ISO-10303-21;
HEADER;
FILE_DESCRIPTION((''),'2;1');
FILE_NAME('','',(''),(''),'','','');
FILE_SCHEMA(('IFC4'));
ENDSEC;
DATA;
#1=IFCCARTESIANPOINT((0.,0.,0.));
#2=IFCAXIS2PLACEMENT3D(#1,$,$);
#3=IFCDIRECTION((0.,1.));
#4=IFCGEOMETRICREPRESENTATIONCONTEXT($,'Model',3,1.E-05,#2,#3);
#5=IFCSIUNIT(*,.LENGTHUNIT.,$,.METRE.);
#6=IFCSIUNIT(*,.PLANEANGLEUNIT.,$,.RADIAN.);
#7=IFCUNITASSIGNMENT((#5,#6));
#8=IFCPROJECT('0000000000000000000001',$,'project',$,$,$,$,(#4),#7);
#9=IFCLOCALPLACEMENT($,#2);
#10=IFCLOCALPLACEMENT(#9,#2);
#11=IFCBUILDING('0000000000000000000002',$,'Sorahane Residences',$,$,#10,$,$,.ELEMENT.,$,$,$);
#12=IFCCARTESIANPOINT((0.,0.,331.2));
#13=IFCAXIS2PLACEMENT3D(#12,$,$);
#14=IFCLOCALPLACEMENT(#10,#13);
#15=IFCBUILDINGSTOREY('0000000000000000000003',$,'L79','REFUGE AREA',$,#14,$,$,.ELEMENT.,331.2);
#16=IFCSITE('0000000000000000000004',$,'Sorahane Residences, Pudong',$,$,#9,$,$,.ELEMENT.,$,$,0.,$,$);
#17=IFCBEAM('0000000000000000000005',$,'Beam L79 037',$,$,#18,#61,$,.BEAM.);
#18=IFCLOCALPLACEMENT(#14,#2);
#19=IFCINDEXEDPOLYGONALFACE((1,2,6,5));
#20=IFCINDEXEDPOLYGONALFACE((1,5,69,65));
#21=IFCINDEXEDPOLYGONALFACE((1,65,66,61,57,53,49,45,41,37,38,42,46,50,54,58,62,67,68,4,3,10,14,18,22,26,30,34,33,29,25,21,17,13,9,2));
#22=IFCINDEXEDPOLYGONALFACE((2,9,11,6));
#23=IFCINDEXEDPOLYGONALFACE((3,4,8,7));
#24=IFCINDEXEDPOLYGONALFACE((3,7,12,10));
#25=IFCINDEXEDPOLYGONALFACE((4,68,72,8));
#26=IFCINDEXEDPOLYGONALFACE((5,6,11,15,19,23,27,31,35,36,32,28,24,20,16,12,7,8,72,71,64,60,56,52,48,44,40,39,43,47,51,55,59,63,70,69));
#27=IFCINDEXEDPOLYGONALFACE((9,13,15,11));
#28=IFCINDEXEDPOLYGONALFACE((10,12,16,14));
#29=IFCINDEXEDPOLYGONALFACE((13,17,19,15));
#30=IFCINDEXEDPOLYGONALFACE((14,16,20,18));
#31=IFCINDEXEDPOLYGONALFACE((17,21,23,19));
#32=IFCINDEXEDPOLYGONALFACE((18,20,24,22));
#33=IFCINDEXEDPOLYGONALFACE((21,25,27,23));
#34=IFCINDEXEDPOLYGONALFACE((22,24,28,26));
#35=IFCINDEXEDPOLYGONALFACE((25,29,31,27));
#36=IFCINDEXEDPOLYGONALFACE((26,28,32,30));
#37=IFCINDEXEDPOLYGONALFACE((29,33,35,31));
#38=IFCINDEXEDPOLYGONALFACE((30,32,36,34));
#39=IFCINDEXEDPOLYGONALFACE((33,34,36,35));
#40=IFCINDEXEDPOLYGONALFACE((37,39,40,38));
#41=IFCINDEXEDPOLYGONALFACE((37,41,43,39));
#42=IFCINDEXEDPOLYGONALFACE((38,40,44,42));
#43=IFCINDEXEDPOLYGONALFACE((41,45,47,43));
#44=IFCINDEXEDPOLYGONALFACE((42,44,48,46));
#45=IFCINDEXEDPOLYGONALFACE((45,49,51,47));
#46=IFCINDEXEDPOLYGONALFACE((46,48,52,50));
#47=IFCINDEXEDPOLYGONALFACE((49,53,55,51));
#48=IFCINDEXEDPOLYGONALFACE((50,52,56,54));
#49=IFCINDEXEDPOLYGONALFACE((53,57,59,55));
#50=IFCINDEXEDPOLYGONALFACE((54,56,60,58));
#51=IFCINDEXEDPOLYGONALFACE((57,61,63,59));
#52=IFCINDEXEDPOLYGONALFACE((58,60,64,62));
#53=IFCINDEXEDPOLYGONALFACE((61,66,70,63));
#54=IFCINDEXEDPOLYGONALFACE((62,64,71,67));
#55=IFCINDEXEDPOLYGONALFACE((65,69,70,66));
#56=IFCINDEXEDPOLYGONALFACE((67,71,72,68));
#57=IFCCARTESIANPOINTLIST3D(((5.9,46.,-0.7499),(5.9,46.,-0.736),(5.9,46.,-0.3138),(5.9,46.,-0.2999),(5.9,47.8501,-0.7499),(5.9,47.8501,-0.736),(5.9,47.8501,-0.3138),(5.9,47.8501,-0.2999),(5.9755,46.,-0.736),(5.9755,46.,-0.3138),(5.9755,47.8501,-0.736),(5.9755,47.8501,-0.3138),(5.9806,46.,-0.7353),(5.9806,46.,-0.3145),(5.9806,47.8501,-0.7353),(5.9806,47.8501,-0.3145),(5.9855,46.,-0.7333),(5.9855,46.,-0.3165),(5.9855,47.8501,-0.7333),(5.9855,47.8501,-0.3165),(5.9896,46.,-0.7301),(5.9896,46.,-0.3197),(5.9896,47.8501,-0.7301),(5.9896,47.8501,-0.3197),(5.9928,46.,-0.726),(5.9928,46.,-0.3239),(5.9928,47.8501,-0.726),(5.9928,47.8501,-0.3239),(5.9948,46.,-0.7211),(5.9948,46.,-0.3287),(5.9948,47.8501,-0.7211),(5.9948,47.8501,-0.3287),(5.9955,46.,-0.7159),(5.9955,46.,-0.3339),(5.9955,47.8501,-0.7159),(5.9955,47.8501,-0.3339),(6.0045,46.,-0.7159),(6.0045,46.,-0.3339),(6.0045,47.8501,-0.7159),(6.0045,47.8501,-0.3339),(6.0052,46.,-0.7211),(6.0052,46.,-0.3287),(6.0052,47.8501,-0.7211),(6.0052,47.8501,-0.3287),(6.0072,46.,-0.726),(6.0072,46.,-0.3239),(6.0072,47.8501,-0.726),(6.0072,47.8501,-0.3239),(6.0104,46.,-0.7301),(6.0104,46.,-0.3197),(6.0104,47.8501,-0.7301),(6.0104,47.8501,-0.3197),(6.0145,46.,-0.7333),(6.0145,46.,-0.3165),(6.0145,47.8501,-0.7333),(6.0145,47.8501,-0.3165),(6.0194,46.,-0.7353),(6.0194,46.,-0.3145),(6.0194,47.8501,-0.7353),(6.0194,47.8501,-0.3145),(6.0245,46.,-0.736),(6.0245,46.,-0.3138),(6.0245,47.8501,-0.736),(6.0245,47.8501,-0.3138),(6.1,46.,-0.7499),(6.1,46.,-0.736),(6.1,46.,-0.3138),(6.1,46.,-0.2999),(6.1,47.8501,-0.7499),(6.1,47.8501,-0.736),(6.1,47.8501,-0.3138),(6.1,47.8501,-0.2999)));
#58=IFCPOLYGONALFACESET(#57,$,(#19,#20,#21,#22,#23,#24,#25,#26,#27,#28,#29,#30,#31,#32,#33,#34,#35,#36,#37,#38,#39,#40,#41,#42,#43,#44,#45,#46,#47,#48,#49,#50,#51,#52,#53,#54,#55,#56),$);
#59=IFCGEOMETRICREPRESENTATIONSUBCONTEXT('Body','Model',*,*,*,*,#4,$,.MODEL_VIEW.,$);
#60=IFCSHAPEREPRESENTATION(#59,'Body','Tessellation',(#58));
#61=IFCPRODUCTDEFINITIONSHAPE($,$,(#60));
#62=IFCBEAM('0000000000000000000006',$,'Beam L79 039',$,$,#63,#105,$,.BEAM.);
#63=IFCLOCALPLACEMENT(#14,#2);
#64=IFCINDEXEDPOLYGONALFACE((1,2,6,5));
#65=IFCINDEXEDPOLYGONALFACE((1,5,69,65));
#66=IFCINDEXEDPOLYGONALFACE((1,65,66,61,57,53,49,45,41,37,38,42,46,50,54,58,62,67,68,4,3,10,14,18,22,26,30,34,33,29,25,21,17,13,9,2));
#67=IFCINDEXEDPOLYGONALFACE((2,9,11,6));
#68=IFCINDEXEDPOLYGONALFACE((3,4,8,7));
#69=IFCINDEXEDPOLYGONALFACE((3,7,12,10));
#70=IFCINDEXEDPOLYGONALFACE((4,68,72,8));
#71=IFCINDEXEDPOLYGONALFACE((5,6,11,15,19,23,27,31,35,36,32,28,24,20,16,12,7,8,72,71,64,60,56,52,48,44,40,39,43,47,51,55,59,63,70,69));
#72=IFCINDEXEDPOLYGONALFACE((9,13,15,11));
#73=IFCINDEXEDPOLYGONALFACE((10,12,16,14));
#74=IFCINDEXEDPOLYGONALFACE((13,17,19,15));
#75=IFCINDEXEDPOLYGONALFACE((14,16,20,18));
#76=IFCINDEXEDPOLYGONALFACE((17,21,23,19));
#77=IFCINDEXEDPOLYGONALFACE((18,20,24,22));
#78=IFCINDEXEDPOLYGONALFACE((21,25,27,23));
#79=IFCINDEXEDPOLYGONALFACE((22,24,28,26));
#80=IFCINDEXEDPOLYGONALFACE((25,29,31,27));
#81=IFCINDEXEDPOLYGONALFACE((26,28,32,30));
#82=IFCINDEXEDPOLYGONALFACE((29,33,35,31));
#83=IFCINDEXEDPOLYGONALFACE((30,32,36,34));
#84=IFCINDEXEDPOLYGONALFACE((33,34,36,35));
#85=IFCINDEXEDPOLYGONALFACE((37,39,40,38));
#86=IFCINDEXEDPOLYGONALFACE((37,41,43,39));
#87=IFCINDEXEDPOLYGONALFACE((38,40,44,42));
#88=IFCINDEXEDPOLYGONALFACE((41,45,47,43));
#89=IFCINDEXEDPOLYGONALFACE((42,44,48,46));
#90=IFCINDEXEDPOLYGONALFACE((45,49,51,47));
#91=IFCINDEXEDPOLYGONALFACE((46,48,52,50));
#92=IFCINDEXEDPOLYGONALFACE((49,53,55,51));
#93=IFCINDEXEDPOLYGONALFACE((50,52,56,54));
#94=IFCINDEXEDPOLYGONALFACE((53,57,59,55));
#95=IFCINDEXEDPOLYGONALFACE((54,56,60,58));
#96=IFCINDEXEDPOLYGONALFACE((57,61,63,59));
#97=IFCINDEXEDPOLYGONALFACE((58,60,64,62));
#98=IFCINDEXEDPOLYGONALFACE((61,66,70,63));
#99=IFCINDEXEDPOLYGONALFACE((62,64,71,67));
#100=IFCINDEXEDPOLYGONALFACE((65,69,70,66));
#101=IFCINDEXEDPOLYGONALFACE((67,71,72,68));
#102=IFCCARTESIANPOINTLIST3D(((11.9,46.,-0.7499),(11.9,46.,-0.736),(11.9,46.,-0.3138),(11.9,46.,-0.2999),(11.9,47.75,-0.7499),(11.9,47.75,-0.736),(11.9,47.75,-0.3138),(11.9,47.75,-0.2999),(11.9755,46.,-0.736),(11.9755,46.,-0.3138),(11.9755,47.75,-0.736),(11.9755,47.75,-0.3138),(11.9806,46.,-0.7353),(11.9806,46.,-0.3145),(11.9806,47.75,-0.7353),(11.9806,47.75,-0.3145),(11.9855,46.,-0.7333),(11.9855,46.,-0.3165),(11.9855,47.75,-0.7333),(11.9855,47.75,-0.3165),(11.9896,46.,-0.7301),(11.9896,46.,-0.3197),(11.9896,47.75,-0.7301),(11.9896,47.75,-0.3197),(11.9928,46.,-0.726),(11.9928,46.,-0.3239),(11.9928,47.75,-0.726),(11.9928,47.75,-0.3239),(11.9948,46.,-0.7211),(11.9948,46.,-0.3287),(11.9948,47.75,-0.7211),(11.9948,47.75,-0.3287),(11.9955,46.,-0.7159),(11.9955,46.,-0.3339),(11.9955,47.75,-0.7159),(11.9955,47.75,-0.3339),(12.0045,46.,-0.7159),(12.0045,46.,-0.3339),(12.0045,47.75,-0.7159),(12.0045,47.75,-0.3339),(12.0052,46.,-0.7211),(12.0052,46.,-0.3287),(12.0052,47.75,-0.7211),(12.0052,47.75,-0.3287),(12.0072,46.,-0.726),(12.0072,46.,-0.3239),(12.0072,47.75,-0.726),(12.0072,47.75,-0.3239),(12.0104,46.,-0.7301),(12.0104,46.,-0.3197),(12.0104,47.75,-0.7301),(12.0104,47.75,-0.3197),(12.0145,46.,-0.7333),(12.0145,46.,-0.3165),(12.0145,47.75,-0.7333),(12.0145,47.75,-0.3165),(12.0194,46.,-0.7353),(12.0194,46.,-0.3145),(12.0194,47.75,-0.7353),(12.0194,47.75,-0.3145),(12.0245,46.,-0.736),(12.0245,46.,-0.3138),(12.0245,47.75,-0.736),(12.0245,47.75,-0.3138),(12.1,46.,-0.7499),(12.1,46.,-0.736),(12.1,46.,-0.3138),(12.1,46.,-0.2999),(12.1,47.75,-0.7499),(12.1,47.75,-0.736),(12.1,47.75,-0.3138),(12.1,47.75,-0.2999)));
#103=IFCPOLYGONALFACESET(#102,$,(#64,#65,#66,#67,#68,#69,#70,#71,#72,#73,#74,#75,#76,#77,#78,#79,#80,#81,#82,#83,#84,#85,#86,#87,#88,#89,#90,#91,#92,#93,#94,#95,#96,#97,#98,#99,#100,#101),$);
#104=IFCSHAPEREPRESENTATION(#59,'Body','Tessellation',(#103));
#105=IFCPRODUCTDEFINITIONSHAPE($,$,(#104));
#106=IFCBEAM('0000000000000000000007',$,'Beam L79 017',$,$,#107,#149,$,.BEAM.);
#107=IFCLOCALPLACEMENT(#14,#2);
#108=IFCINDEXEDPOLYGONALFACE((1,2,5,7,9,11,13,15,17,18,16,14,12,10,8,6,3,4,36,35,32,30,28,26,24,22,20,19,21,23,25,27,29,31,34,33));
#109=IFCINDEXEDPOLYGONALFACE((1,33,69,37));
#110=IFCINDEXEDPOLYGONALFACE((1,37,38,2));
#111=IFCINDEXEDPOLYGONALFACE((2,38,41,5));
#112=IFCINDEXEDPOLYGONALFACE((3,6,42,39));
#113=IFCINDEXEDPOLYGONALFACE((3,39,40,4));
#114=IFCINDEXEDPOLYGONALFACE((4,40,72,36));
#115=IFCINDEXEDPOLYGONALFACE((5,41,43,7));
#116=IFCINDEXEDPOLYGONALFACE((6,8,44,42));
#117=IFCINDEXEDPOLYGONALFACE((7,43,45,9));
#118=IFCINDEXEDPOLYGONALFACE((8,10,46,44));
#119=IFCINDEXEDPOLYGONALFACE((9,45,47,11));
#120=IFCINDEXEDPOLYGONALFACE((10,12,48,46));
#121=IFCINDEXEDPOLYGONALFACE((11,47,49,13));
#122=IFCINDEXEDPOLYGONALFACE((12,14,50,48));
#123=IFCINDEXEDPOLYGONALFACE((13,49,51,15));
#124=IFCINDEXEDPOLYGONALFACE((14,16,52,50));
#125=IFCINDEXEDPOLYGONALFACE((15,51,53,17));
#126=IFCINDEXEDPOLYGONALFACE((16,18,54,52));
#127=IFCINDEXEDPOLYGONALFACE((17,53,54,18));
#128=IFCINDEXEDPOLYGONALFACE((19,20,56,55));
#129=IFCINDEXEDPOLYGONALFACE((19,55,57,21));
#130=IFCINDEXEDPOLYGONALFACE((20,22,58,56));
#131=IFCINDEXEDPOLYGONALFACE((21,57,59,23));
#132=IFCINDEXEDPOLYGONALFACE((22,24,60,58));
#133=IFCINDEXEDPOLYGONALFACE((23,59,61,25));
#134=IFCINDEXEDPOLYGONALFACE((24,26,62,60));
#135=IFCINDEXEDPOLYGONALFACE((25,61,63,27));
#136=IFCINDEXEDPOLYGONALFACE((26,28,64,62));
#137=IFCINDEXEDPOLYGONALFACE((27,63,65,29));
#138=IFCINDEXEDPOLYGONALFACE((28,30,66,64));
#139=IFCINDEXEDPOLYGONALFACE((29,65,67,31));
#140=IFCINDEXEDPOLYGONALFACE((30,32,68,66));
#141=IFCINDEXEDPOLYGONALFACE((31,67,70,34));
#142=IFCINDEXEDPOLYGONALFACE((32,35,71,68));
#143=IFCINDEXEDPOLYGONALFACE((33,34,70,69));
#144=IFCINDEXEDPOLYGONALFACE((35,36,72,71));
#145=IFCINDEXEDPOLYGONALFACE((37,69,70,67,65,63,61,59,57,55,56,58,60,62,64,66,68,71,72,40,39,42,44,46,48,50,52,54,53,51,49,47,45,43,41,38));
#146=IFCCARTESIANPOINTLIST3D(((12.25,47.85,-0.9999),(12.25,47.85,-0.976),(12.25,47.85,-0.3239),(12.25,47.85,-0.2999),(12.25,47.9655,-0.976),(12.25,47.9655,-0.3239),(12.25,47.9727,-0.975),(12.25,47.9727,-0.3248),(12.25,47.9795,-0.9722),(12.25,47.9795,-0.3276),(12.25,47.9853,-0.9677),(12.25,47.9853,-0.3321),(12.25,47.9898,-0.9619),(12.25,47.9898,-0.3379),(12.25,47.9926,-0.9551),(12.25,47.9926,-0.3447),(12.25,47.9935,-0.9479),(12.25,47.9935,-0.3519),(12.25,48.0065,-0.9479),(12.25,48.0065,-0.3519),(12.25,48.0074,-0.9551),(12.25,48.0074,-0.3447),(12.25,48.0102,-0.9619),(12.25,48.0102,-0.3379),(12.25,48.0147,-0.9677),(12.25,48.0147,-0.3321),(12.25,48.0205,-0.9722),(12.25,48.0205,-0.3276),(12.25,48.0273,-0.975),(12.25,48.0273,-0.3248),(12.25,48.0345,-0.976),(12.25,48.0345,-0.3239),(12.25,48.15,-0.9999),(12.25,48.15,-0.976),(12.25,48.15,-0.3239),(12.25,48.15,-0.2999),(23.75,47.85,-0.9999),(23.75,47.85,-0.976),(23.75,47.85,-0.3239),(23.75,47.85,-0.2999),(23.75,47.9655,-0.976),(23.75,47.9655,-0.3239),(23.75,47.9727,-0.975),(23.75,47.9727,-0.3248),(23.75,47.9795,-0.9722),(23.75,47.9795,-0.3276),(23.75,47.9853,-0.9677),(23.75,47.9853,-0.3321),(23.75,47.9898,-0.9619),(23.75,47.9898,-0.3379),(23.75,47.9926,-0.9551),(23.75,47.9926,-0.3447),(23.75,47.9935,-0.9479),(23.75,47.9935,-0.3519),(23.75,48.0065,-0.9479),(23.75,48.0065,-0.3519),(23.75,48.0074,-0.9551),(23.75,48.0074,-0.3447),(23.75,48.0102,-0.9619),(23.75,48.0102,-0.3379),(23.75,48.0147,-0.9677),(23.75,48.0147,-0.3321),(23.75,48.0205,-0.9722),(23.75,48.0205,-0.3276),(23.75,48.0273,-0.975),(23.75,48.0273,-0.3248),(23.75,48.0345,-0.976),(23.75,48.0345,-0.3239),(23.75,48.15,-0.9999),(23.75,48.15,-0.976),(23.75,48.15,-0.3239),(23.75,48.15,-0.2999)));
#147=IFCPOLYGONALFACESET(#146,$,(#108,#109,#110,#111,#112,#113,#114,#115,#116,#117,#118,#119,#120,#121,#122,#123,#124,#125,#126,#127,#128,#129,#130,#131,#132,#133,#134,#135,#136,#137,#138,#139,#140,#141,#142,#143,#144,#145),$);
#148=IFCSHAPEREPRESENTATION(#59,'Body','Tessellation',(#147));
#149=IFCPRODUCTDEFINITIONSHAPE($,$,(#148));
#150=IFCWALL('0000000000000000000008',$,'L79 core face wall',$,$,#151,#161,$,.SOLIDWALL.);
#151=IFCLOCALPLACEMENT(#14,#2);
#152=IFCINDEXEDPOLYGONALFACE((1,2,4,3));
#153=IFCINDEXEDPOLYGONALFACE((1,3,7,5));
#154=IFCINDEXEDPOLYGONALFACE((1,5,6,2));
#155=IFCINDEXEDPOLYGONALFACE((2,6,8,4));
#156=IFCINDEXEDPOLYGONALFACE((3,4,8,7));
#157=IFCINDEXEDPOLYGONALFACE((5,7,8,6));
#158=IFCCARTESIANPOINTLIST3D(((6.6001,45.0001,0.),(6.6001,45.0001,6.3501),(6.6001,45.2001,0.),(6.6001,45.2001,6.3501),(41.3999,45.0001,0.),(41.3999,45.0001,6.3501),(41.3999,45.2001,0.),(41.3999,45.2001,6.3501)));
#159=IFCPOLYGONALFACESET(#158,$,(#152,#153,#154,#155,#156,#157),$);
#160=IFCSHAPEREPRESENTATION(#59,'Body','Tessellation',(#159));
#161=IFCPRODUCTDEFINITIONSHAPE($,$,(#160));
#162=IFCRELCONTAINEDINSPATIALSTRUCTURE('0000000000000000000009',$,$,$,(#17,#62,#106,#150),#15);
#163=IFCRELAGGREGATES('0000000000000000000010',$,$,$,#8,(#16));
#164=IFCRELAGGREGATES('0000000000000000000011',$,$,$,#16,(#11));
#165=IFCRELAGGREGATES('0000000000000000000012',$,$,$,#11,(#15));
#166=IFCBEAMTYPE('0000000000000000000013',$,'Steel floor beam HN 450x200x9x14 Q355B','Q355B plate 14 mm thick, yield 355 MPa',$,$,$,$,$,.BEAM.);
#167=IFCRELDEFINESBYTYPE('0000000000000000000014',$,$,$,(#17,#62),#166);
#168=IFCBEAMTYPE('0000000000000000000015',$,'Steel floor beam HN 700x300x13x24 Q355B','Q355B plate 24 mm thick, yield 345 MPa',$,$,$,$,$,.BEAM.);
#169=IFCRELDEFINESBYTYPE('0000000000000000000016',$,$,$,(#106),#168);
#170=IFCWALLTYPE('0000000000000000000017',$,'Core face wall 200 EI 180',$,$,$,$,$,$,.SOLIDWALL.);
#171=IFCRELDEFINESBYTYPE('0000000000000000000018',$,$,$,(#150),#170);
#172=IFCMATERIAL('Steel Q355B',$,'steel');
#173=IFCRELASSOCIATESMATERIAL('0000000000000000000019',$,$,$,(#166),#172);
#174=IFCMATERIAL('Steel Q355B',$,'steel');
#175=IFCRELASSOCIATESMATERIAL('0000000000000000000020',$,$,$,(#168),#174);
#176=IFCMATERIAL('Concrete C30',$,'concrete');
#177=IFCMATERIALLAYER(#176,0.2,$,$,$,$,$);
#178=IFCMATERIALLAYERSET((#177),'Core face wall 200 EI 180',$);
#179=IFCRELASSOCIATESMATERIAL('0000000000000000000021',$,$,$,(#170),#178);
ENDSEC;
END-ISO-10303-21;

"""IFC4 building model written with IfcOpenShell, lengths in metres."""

from ifc_helpers import new_model, si_unit, direction, frame, frame_2d, origin, origin_2d, place, context, subcontext, project, spatial, rectangle, i_section, extrude, material, layer, layer_set, material_profile, profile_set, type_object, element, save


model = new_model("IFC4")

# Units and contexts
model_context = context("Model", 3, precision=1e-05, world=origin(), true_north=direction((0.0, 1.0)))
body_context = subcontext(model_context, "Body", "Model", "MODEL_VIEW")
ifc_project = project(units=[si_unit("LENGTHUNIT", "METRE"), si_unit("PLANEANGLEUNIT", "RADIAN")], contexts=[model_context])

# Site, building, storey
site_placement = place(None, origin())
site = spatial("IfcSite", under=ifc_project, at=site_placement, Name="Sorahane Residences, Pudong", CompositionType="ELEMENT", RefElevation=0.0)
building_placement = place(site_placement, origin())
building = spatial("IfcBuilding", under=site, at=building_placement, Name="Sorahane Residences", CompositionType="ELEMENT")
storey_placement = place(building_placement, frame((0.0, 0.0, 331.2)))
storey = spatial("IfcBuildingStorey", under=building, at=storey_placement, Name="L79", Description="REFUGE AREA", CompositionType="ELEMENT", Elevation=331.2)

# Beams
ifc_material_1 = material(Name="Steel Q355B", Category="steel")
ifc_material_profile_1 = material_profile(ifc_material_1, i_section(OverallWidth=0.2, OverallDepth=0.45, WebThickness=0.009, FlangeThickness=0.0139, FilletRadius=0.02, at=origin_2d()), Name="HN 450x200x9x14")
ifc_profile_set_1 = profile_set([ifc_material_profile_1], Name="Steel Q355B")
beam_type_1 = type_object("IfcBeamType", Name="Steel floor beam HN 450x200x9x14 Q355B", Description="Q355B plate 14 mm thick, yield 355 MPa", PredefinedType="BEAM", material=ifc_profile_set_1)
beam_1_placement = place(storey_placement, frame((6.0, 46.0, -0.5249), z_axis=(0.0, 1.0, 0.0), x_axis=(-1.0, 0.0, 0.0)))
element("IfcBeam", 1, at=beam_1_placement, inside=storey, type_object=beam_type_1, Name="Beam L79 037", PredefinedType="BEAM", context=body_context, shape_type="SweptSolid", body=[
    extrude(i_section(OverallWidth=0.2, OverallDepth=0.45, WebThickness=0.009, FlangeThickness=0.0139, FilletRadius=0.02, at=origin_2d()), origin(), (0.0, 0.0, 1.0), 1.8501),
])
beam_2_placement = place(storey_placement, frame((12.0, 46.0, -0.5249), z_axis=(0.0, 1.0, 0.0), x_axis=(-1.0, 0.0, 0.0)))
element("IfcBeam", 2, at=beam_2_placement, inside=storey, type_object=beam_type_1, Name="Beam L79 039", PredefinedType="BEAM", context=body_context, shape_type="SweptSolid", body=[
    extrude(i_section(OverallWidth=0.2, OverallDepth=0.45, WebThickness=0.009, FlangeThickness=0.0139, FilletRadius=0.02, at=origin_2d()), origin(), (0.0, 0.0, 1.0), 1.75),
])
ifc_material_2 = material(Name="Steel Q355B", Category="steel")
ifc_material_profile_2 = material_profile(ifc_material_2, i_section(OverallWidth=0.3, OverallDepth=0.7, WebThickness=0.0129, FlangeThickness=0.0239, FilletRadius=0.0281, at=origin_2d()), Name="HN 700x300x13x24")
ifc_profile_set_2 = profile_set([ifc_material_profile_2], Name="Steel Q355B")
beam_type_2 = type_object("IfcBeamType", Name="Steel floor beam HN 700x300x13x24 Q355B", Description="Q355B plate 24 mm thick, yield 345 MPa", PredefinedType="BEAM", material=ifc_profile_set_2)
beam_3_placement = place(storey_placement, frame((12.25, 48.0, -0.6499), z_axis=(1.0, 0.0, 0.0), x_axis=(0.0, 1.0, 0.0)))
element("IfcBeam", 3, at=beam_3_placement, inside=storey, type_object=beam_type_2, Name="Beam L79 017", PredefinedType="BEAM", context=body_context, shape_type="SweptSolid", body=[
    extrude(i_section(OverallWidth=0.3, OverallDepth=0.7, WebThickness=0.0129, FlangeThickness=0.0239, FilletRadius=0.0281, at=origin_2d()), origin(), (0.0, 0.0, 1.0), 11.5),
])

# Wall
ifc_material_3 = material(Name="Concrete C30", Category="concrete")
ifc_layer_1 = layer(ifc_material_3, 0.2)
ifc_layer_set_1 = layer_set([ifc_layer_1], Name="Core face wall 200 EI 180")
wall_type_1 = type_object("IfcWallType", Name="Core face wall 200 EI 180", PredefinedType="SOLIDWALL", material=ifc_layer_set_1)
wall_1_placement = place(storey_placement, frame((6.6001, 45.1001, 0.0), z_axis=(0.0, 0.0, 1.0), x_axis=(1.0, 0.0, 0.0)))
element("IfcWall", 4, at=wall_1_placement, inside=storey, type_object=wall_type_1, Name="L79 core face wall", PredefinedType="SOLIDWALL", context=body_context, shape_type="SweptSolid", body=[
    extrude(rectangle(XDim=34.7998, YDim=0.2, at=frame_2d((17.3999, 0.0))), origin(), (0.0, 0.0, 1.0), 6.3501),
])

save(model, "model.ifc")
